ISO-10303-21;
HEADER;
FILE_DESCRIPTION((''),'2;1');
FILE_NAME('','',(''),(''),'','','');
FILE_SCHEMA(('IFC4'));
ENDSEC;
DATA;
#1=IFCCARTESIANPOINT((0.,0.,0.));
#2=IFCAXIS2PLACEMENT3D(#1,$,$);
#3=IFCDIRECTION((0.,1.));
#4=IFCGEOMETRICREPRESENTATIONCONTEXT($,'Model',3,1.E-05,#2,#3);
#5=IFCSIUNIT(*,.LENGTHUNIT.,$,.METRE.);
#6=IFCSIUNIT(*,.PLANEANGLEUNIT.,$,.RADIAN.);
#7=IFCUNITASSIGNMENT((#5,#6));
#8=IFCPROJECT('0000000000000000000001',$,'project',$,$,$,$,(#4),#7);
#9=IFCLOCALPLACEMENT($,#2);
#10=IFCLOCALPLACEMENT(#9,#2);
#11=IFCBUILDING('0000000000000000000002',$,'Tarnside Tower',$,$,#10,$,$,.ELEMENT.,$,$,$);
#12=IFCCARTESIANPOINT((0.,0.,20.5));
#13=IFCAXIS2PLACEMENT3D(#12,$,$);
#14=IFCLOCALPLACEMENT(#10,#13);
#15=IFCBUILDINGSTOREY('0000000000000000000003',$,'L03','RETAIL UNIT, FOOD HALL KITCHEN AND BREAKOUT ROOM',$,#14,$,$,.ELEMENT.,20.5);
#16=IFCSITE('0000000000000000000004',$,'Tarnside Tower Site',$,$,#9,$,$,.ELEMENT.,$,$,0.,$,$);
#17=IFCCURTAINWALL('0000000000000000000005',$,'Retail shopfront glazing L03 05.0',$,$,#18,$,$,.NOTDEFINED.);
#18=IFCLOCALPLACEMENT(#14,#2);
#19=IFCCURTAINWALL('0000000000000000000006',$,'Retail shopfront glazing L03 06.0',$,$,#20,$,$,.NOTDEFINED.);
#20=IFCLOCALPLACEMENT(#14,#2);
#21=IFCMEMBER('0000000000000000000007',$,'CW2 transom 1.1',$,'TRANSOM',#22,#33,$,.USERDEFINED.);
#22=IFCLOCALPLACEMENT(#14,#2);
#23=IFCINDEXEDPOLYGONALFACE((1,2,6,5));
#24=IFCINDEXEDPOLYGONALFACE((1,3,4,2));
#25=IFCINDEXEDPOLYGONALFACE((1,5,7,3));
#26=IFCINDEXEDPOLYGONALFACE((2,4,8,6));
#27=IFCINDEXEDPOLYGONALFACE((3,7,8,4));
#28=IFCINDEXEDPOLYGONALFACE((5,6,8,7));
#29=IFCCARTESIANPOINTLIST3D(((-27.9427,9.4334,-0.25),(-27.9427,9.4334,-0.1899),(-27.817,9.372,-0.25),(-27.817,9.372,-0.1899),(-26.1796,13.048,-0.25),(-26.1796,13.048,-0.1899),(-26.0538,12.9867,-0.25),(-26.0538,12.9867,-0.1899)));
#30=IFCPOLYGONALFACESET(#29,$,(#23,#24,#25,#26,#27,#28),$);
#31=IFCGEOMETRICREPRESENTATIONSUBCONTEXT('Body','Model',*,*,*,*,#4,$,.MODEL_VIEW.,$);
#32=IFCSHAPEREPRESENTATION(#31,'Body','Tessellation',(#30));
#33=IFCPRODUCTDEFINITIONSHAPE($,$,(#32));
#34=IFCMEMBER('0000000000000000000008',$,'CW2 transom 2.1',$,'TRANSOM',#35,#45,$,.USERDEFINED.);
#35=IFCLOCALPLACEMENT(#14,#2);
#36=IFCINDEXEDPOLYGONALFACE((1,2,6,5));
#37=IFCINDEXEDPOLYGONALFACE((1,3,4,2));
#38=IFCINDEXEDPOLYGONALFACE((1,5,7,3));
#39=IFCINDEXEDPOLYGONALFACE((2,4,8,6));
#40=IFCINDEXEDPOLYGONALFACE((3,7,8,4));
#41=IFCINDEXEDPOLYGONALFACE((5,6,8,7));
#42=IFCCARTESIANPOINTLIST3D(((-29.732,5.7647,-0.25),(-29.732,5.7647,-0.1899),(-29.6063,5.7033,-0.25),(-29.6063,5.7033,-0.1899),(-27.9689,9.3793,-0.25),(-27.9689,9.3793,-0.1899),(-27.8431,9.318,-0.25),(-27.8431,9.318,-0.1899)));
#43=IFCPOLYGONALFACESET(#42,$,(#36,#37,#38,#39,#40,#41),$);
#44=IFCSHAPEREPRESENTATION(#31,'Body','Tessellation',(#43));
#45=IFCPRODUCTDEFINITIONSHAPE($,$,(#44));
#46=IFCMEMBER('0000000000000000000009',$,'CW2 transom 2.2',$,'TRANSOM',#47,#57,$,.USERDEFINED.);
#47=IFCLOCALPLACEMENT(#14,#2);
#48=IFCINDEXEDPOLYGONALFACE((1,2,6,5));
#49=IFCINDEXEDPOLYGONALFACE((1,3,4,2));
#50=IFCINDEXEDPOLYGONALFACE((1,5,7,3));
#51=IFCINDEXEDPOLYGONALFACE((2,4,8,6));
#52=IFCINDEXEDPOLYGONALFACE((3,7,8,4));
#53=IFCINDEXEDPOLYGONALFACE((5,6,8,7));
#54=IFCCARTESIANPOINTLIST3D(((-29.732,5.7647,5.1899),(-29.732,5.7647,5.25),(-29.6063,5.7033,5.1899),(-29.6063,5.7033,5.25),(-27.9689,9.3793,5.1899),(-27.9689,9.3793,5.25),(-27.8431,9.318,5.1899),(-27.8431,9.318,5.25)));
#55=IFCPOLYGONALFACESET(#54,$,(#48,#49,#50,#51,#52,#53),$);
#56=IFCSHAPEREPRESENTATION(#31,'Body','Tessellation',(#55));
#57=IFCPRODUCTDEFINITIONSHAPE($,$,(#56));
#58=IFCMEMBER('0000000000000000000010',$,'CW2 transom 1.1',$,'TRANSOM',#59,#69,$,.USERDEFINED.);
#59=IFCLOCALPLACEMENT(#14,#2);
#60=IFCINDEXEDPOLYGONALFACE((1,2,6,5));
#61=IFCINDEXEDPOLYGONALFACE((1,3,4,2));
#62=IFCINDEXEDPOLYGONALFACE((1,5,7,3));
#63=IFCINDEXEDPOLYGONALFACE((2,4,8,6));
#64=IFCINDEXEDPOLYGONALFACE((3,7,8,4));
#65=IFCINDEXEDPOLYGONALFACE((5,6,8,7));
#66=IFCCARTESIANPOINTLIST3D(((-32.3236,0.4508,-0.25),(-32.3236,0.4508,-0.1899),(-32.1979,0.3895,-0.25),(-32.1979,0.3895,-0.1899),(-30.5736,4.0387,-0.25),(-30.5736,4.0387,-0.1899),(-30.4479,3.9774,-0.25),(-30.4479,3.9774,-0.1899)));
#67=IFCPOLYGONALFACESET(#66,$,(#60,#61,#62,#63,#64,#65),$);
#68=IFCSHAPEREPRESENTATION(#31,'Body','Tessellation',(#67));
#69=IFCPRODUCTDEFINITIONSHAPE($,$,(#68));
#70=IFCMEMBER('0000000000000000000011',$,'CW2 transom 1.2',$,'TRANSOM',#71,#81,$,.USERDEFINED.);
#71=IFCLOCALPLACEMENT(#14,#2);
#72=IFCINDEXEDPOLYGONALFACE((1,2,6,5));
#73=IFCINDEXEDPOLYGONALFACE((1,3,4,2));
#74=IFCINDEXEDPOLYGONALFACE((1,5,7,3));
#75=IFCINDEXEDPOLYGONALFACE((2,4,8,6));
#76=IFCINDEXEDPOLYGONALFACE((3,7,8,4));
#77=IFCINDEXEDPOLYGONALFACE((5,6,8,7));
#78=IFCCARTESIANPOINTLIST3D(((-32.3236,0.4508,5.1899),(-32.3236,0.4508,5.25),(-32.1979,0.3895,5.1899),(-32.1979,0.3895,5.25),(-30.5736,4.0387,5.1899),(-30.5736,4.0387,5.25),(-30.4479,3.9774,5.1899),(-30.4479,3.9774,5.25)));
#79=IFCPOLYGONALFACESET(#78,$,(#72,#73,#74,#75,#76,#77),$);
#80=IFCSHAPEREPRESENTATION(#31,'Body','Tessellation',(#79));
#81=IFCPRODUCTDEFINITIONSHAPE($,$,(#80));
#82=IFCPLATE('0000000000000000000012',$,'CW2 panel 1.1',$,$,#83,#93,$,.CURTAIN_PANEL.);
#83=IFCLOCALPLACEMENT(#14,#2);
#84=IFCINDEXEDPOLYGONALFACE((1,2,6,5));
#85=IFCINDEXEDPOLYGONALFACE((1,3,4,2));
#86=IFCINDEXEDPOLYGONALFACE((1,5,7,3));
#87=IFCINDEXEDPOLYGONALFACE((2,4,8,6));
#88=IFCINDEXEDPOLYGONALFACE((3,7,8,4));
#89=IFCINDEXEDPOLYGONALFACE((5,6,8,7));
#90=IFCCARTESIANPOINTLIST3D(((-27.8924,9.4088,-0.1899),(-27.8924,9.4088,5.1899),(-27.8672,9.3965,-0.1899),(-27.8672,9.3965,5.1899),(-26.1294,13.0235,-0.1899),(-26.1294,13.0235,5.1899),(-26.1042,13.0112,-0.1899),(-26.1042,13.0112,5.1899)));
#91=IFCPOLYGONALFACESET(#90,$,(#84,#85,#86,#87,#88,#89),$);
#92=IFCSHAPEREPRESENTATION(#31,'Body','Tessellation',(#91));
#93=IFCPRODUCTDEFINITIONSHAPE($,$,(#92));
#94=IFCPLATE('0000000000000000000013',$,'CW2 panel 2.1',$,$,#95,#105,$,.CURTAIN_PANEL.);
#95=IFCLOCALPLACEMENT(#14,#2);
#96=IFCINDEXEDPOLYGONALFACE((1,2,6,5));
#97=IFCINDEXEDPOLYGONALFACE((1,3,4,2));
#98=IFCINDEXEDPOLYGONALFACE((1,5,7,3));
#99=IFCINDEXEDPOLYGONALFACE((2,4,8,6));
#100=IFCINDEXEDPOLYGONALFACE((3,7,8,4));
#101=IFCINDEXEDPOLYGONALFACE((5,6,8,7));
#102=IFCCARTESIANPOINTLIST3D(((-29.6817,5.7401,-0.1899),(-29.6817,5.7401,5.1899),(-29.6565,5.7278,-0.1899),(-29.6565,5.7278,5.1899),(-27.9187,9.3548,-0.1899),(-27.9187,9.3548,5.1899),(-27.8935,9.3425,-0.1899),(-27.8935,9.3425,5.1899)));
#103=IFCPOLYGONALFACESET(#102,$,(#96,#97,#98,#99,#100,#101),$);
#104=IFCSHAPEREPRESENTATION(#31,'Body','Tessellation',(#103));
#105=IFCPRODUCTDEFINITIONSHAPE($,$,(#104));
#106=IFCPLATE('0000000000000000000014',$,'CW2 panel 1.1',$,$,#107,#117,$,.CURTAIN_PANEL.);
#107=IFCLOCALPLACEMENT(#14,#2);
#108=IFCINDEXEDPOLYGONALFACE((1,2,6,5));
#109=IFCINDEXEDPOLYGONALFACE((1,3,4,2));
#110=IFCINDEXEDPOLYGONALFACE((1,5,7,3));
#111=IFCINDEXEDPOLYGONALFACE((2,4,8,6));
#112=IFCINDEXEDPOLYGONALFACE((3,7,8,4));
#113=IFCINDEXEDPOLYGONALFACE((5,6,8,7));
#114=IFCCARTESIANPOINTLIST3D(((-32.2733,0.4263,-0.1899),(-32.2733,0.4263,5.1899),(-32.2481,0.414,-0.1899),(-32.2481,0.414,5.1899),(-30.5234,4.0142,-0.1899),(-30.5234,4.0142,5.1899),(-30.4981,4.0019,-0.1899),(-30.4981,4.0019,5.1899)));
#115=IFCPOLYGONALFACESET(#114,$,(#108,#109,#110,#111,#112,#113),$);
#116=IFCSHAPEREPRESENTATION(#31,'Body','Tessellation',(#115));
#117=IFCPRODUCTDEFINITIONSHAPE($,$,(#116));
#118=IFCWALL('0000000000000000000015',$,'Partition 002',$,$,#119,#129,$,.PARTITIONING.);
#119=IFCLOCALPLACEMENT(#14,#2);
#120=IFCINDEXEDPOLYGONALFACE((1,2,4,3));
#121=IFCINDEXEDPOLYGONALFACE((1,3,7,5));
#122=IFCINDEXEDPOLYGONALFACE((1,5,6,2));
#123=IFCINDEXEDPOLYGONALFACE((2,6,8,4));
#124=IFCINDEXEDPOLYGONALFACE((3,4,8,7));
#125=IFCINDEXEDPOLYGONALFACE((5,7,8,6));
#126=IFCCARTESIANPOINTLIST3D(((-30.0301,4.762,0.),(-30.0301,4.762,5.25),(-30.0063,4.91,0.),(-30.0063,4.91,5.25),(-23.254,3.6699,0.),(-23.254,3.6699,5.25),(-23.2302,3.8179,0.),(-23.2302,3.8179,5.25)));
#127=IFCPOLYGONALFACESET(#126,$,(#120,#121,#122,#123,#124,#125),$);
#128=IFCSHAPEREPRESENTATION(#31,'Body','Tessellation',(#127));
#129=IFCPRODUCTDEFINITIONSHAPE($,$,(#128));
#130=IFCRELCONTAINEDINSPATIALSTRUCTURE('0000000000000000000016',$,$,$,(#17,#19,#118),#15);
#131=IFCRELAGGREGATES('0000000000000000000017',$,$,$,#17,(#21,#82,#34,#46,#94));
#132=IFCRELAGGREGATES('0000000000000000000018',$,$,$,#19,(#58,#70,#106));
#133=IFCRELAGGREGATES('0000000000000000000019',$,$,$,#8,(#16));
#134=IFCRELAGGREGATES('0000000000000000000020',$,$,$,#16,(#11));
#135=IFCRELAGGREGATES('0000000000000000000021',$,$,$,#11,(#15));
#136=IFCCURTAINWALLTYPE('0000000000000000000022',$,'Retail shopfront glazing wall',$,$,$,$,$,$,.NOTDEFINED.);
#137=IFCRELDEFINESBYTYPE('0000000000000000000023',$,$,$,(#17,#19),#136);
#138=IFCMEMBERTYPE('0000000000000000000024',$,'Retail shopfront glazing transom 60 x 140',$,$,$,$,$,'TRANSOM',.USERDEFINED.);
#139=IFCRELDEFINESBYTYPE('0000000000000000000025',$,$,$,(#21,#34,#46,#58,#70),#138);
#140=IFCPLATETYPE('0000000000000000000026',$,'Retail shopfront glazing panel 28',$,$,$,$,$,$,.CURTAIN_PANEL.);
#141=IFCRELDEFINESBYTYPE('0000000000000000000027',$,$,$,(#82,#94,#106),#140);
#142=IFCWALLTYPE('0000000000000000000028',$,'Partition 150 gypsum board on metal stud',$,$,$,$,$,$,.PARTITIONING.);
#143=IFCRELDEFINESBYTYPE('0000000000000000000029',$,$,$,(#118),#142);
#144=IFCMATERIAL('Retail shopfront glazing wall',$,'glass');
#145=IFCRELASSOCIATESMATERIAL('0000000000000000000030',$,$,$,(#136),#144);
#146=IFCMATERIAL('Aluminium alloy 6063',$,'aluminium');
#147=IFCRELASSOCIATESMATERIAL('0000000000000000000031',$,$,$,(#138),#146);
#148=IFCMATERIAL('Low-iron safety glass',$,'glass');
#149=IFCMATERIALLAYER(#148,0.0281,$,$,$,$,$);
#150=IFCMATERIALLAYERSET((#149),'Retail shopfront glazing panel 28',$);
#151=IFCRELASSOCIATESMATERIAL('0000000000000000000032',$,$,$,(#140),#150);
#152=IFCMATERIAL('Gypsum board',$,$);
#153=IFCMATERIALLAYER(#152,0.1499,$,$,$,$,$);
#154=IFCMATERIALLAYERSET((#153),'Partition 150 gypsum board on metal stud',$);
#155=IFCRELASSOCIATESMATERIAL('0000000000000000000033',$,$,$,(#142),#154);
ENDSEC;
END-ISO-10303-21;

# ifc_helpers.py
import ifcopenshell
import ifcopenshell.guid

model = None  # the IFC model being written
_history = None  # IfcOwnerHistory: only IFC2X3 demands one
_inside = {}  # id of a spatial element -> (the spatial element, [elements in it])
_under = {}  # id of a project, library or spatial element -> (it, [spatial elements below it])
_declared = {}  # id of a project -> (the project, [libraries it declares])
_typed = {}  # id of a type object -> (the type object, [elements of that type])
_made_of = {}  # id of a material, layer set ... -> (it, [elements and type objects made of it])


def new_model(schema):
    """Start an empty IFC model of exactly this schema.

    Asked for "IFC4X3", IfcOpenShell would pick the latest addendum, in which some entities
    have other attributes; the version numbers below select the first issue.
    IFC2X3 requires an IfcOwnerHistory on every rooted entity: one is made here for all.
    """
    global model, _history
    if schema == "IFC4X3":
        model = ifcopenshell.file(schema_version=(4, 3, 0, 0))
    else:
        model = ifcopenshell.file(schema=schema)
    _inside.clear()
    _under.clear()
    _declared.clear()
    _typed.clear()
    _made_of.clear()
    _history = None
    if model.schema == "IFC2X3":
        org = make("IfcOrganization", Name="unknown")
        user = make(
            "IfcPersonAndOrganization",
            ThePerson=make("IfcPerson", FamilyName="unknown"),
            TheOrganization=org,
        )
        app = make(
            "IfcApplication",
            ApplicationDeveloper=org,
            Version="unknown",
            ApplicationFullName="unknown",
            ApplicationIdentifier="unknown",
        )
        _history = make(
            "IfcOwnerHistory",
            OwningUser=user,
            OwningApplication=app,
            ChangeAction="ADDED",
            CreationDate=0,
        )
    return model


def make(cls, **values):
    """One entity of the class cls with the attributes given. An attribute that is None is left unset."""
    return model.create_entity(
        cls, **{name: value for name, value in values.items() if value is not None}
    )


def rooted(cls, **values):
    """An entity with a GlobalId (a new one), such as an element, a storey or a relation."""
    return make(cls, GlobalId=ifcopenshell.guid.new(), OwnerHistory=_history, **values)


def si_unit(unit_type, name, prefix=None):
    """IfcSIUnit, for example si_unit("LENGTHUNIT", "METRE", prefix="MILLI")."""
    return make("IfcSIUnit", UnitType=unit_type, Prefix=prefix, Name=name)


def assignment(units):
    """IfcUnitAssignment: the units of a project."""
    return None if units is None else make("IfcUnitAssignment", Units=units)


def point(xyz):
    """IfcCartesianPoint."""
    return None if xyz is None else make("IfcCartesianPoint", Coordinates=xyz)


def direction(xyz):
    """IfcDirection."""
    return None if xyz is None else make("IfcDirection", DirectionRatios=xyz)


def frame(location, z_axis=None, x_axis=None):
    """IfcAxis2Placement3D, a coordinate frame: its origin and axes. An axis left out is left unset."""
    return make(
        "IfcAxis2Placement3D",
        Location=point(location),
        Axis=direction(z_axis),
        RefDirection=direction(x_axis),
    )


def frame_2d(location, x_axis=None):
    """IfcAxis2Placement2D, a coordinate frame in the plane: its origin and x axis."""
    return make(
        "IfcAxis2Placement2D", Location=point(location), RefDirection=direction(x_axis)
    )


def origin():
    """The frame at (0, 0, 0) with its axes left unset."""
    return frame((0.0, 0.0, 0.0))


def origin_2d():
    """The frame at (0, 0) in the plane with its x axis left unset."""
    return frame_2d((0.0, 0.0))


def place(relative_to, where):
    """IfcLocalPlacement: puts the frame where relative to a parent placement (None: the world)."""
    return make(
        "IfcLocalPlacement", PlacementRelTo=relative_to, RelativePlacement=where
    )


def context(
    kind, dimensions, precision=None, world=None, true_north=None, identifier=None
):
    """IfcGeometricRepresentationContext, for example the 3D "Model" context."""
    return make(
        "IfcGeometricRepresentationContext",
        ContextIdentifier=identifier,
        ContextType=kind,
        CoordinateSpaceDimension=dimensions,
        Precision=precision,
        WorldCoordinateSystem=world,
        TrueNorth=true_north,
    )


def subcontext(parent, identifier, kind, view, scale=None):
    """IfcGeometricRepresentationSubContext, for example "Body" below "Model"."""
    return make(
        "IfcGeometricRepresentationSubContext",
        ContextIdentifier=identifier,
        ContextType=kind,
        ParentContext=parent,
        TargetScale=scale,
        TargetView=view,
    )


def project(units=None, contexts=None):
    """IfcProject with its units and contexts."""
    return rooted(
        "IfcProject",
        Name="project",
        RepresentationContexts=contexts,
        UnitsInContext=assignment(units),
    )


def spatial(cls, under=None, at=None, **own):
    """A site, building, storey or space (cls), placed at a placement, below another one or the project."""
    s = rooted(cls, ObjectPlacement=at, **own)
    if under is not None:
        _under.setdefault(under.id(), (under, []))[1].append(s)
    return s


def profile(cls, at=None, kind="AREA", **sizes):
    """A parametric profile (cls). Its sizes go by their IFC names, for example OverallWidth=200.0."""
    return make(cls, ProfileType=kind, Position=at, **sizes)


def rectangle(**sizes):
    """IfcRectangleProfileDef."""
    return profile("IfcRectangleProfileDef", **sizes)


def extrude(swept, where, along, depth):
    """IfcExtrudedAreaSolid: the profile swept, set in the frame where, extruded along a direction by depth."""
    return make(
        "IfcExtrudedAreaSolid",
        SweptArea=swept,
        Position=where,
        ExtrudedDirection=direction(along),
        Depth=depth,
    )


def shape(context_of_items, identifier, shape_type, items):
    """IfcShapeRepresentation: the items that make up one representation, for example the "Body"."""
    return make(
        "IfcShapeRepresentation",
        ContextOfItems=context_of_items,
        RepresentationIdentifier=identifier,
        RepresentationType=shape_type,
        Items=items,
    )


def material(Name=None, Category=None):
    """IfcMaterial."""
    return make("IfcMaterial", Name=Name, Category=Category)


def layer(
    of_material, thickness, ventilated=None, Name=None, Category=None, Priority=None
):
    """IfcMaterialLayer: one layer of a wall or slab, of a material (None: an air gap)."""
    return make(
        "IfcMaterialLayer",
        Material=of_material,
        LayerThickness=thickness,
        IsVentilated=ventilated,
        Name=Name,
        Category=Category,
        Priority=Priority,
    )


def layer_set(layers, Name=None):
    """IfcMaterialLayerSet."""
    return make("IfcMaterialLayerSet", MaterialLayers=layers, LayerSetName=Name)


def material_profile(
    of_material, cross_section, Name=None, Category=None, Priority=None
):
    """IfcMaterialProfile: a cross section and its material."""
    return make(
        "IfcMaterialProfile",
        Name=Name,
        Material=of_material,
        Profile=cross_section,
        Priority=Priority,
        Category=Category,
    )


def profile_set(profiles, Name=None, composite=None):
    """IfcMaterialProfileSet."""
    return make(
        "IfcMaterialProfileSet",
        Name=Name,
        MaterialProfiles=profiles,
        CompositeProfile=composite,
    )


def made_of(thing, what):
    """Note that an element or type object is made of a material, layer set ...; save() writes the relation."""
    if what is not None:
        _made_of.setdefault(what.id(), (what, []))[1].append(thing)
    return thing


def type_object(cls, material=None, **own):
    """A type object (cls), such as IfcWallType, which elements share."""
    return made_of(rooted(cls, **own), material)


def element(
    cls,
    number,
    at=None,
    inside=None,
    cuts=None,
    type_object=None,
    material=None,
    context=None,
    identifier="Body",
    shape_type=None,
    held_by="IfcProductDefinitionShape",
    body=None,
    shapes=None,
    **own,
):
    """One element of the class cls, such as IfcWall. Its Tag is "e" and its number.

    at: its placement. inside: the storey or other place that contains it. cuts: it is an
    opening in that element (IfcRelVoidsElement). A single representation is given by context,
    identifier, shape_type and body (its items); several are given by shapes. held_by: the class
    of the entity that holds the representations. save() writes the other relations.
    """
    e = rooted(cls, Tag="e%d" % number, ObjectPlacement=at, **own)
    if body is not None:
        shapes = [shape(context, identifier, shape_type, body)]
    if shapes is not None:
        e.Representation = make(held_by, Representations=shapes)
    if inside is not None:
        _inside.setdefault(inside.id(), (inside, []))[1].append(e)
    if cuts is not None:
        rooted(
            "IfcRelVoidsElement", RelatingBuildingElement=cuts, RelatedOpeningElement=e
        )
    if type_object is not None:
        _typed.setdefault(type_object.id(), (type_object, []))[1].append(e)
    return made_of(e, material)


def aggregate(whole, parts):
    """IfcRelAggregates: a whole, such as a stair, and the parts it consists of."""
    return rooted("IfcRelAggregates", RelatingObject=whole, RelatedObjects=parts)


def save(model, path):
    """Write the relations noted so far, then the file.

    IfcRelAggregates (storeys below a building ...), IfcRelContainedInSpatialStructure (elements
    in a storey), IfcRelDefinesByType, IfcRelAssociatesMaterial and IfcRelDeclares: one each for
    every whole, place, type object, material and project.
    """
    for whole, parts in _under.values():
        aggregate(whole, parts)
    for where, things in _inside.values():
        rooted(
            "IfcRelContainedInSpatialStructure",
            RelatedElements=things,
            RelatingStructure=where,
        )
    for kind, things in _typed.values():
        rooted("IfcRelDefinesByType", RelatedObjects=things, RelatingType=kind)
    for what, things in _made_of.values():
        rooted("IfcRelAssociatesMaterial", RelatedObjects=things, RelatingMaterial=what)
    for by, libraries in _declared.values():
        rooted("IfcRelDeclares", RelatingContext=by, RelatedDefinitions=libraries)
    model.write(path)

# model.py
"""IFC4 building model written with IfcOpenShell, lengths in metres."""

from ifc_helpers import new_model, si_unit, direction, frame, frame_2d, origin, origin_2d, place, context, subcontext, project, spatial, rectangle, extrude, material, layer, layer_set, material_profile, profile_set, type_object, element, aggregate, save


model = new_model("IFC4")

# Units and contexts
model_context = context("Model", 3, precision=1e-05, world=origin(), true_north=direction((0.0, 1.0)))
body_context = subcontext(model_context, "Body", "Model", "MODEL_VIEW")
ifc_project = project(units=[si_unit("LENGTHUNIT", "METRE"), si_unit("PLANEANGLEUNIT", "RADIAN")], contexts=[model_context])

# Site, building, storey
site_placement = place(None, origin())
site = spatial("IfcSite", under=ifc_project, at=site_placement, Name="Tarnside Tower Site", CompositionType="ELEMENT", RefElevation=0.0)
building_placement = place(site_placement, origin())
building = spatial("IfcBuilding", under=site, at=building_placement, Name="Tarnside Tower", CompositionType="ELEMENT")
storey_placement = place(building_placement, frame((0.0, 0.0, 20.5)))
storey = spatial("IfcBuildingStorey", under=building, at=storey_placement, Name="L03", Description="RETAIL UNIT, FOOD HALL KITCHEN AND BREAKOUT ROOM", CompositionType="ELEMENT", Elevation=20.5)

# Curtain wall
ifc_material_1 = material(Name="Retail shopfront glazing wall", Category="glass")
curtain_wall_type = type_object("IfcCurtainWallType", Name="Retail shopfront glazing wall", PredefinedType="NOTDEFINED", material=ifc_material_1)
curtain_wall_1_placement = place(storey_placement, origin())
curtain_wall_1 = element("IfcCurtainWall", 1, at=curtain_wall_1_placement, inside=storey, type_object=curtain_wall_type, Name="Retail shopfront glazing L03 05.0", PredefinedType="NOTDEFINED")
ifc_material_2 = material(Name="Aluminium alloy 6063", Category="aluminium")

# Curtain wall
curtain_wall_2_placement = place(storey_placement, origin())
curtain_wall_2 = element("IfcCurtainWall", 2, at=curtain_wall_2_placement, inside=storey, type_object=curtain_wall_type, Name="Retail shopfront glazing L03 06.0", PredefinedType="NOTDEFINED")

# Members
ifc_material_profile_1 = material_profile(ifc_material_2, rectangle(XDim=0.1399, YDim=0.0601, at=origin_2d()), Name="Retail shopfront glazing transom 60 x 140")
ifc_profile_set_1 = profile_set([ifc_material_profile_1], Name="Aluminium alloy 6063")
member_type_1 = type_object("IfcMemberType", Name="Retail shopfront glazing transom 60 x 140", ElementType="TRANSOM", PredefinedType="USERDEFINED", material=ifc_profile_set_1)
member_1_placement = place(storey_placement, frame((-26.1167, 13.0173, -0.22), z_axis=(-0.438402, -0.898779, 0.0), x_axis=(0.898779, -0.438402, 0.0)))
member_1 = element("IfcMember", 3, at=member_1_placement, type_object=member_type_1, Name="CW2 transom 1.1", ObjectType="TRANSOM", PredefinedType="USERDEFINED", context=body_context, shape_type="SweptSolid", body=[
    extrude(rectangle(XDim=0.1399, YDim=0.0601, at=origin_2d()), origin(), (0.0, 0.0, 1.0), 4.0217),
])
member_2_placement = place(storey_placement, frame((-27.906, 9.3486, -0.22), z_axis=(-0.438402, -0.898779, 0.0), x_axis=(0.898779, -0.438402, 0.0)))
member_2 = element("IfcMember", 4, at=member_2_placement, type_object=member_type_1, Name="CW2 transom 2.1", ObjectType="TRANSOM", PredefinedType="USERDEFINED", context=body_context, shape_type="SweptSolid", body=[
    extrude(rectangle(XDim=0.1399, YDim=0.0601, at=origin_2d()), origin(), (0.0, 0.0, 1.0), 4.0217),
])
member_3_placement = place(storey_placement, frame((-27.906, 9.3486, 5.22), z_axis=(-0.438402, -0.898779, 0.0), x_axis=(0.898779, -0.438402, 0.0)))
member_3 = element("IfcMember", 5, at=member_3_placement, type_object=member_type_1, Name="CW2 transom 2.2", ObjectType="TRANSOM", PredefinedType="USERDEFINED", context=body_context, shape_type="SweptSolid", body=[
    extrude(rectangle(XDim=0.1399, YDim=0.0601, at=origin_2d()), origin(), (0.0, 0.0, 1.0), 4.0217),
])
member_4_placement = place(storey_placement, frame((-30.5107, 4.0081, -0.22), z_axis=(-0.438385, -0.898787, 0.0), x_axis=(0.898787, -0.438385, 0.0)))
member_4 = element("IfcMember", 6, at=member_4_placement, type_object=member_type_1, Name="CW2 transom 1.1", ObjectType="TRANSOM", PredefinedType="USERDEFINED", context=body_context, shape_type="SweptSolid", body=[
    extrude(rectangle(XDim=0.1399, YDim=0.0601, at=origin_2d()), origin(), (0.0, 0.0, 1.0), 3.9919),
])
member_5_placement = place(storey_placement, frame((-30.5107, 4.0081, 5.22), z_axis=(-0.438385, -0.898787, 0.0), x_axis=(0.898787, -0.438385, 0.0)))
member_5 = element("IfcMember", 7, at=member_5_placement, type_object=member_type_1, Name="CW2 transom 1.2", ObjectType="TRANSOM", PredefinedType="USERDEFINED", context=body_context, shape_type="SweptSolid", body=[
    extrude(rectangle(XDim=0.1399, YDim=0.0601, at=origin_2d()), origin(), (0.0, 0.0, 1.0), 3.9919),
])

# Plates
ifc_material_3 = material(Name="Low-iron safety glass", Category="glass")
ifc_layer_1 = layer(ifc_material_3, 0.0281)
ifc_layer_set_1 = layer_set([ifc_layer_1], Name="Retail shopfront glazing panel 28")
plate_type = type_object("IfcPlateType", Name="Retail shopfront glazing panel 28", PredefinedType="CURTAIN_PANEL", material=ifc_layer_set_1)
plate_1_placement = place(storey_placement, frame((-26.9983, 11.21, -0.1899), z_axis=(0.0, 0.0, 1.0), x_axis=(-0.438371, -0.898794, 0.0)))
plate_1 = element("IfcPlate", 8, at=plate_1_placement, type_object=plate_type, Name="CW2 panel 1.1", PredefinedType="CURTAIN_PANEL", context=body_context, shape_type="SweptSolid", body=[
    extrude(rectangle(XDim=4.0217, YDim=0.0281, at=origin_2d()), origin(), (0.0, 0.0, 1.0), 5.3799),
])
plate_2_placement = place(storey_placement, frame((-28.7876, 7.5413, -0.1899), z_axis=(0.0, 0.0, 1.0), x_axis=(-0.438371, -0.898794, 0.0)))
plate_2 = element("IfcPlate", 9, at=plate_2_placement, type_object=plate_type, Name="CW2 panel 2.1", PredefinedType="CURTAIN_PANEL", context=body_context, shape_type="SweptSolid", body=[
    extrude(rectangle(XDim=4.0217, YDim=0.0281, at=origin_2d()), origin(), (0.0, 0.0, 1.0), 5.3799),
])
aggregate(curtain_wall_1, [member_1, plate_1, member_2, member_3, plate_2])
plate_3_placement = place(storey_placement, frame((-31.3857, 2.2141, -0.1899), z_axis=(0.0, 0.0, 1.0), x_axis=(-0.438371, -0.898794, 0.0)))
plate_3 = element("IfcPlate", 10, at=plate_3_placement, type_object=plate_type, Name="CW2 panel 1.1", PredefinedType="CURTAIN_PANEL", context=body_context, shape_type="SweptSolid", body=[
    extrude(rectangle(XDim=3.9919, YDim=0.0281, at=origin_2d()), origin(), (0.0, 0.0, 1.0), 5.3799),
])
aggregate(curtain_wall_2, [member_4, member_5, plate_3])

# Wall
ifc_material_4 = material(Name="Gypsum board")
ifc_layer_2 = layer(ifc_material_4, 0.1499)
ifc_layer_set_2 = layer_set([ifc_layer_2], Name="Partition 150 gypsum board on metal stud")
wall_type = type_object("IfcWallType", Name="Partition 150 gypsum board on metal stud", PredefinedType="PARTITIONING", material=ifc_layer_set_2)
wall_placement = place(storey_placement, frame((-30.0181, 4.8359, 0.0), z_axis=(0.0, 0.0, 1.0), x_axis=(0.987261, -0.159107, 0.0)))
element("IfcWall", 11, at=wall_placement, inside=storey, type_object=wall_type, Name="Partition 002", PredefinedType="PARTITIONING", context=body_context, shape_type="SweptSolid", body=[
    extrude(rectangle(XDim=6.8635, YDim=0.1499, at=frame_2d((3.4316, 0.0))), origin(), (0.0, 0.0, 1.0), 5.25),
])

save(model, "model.ifc")
